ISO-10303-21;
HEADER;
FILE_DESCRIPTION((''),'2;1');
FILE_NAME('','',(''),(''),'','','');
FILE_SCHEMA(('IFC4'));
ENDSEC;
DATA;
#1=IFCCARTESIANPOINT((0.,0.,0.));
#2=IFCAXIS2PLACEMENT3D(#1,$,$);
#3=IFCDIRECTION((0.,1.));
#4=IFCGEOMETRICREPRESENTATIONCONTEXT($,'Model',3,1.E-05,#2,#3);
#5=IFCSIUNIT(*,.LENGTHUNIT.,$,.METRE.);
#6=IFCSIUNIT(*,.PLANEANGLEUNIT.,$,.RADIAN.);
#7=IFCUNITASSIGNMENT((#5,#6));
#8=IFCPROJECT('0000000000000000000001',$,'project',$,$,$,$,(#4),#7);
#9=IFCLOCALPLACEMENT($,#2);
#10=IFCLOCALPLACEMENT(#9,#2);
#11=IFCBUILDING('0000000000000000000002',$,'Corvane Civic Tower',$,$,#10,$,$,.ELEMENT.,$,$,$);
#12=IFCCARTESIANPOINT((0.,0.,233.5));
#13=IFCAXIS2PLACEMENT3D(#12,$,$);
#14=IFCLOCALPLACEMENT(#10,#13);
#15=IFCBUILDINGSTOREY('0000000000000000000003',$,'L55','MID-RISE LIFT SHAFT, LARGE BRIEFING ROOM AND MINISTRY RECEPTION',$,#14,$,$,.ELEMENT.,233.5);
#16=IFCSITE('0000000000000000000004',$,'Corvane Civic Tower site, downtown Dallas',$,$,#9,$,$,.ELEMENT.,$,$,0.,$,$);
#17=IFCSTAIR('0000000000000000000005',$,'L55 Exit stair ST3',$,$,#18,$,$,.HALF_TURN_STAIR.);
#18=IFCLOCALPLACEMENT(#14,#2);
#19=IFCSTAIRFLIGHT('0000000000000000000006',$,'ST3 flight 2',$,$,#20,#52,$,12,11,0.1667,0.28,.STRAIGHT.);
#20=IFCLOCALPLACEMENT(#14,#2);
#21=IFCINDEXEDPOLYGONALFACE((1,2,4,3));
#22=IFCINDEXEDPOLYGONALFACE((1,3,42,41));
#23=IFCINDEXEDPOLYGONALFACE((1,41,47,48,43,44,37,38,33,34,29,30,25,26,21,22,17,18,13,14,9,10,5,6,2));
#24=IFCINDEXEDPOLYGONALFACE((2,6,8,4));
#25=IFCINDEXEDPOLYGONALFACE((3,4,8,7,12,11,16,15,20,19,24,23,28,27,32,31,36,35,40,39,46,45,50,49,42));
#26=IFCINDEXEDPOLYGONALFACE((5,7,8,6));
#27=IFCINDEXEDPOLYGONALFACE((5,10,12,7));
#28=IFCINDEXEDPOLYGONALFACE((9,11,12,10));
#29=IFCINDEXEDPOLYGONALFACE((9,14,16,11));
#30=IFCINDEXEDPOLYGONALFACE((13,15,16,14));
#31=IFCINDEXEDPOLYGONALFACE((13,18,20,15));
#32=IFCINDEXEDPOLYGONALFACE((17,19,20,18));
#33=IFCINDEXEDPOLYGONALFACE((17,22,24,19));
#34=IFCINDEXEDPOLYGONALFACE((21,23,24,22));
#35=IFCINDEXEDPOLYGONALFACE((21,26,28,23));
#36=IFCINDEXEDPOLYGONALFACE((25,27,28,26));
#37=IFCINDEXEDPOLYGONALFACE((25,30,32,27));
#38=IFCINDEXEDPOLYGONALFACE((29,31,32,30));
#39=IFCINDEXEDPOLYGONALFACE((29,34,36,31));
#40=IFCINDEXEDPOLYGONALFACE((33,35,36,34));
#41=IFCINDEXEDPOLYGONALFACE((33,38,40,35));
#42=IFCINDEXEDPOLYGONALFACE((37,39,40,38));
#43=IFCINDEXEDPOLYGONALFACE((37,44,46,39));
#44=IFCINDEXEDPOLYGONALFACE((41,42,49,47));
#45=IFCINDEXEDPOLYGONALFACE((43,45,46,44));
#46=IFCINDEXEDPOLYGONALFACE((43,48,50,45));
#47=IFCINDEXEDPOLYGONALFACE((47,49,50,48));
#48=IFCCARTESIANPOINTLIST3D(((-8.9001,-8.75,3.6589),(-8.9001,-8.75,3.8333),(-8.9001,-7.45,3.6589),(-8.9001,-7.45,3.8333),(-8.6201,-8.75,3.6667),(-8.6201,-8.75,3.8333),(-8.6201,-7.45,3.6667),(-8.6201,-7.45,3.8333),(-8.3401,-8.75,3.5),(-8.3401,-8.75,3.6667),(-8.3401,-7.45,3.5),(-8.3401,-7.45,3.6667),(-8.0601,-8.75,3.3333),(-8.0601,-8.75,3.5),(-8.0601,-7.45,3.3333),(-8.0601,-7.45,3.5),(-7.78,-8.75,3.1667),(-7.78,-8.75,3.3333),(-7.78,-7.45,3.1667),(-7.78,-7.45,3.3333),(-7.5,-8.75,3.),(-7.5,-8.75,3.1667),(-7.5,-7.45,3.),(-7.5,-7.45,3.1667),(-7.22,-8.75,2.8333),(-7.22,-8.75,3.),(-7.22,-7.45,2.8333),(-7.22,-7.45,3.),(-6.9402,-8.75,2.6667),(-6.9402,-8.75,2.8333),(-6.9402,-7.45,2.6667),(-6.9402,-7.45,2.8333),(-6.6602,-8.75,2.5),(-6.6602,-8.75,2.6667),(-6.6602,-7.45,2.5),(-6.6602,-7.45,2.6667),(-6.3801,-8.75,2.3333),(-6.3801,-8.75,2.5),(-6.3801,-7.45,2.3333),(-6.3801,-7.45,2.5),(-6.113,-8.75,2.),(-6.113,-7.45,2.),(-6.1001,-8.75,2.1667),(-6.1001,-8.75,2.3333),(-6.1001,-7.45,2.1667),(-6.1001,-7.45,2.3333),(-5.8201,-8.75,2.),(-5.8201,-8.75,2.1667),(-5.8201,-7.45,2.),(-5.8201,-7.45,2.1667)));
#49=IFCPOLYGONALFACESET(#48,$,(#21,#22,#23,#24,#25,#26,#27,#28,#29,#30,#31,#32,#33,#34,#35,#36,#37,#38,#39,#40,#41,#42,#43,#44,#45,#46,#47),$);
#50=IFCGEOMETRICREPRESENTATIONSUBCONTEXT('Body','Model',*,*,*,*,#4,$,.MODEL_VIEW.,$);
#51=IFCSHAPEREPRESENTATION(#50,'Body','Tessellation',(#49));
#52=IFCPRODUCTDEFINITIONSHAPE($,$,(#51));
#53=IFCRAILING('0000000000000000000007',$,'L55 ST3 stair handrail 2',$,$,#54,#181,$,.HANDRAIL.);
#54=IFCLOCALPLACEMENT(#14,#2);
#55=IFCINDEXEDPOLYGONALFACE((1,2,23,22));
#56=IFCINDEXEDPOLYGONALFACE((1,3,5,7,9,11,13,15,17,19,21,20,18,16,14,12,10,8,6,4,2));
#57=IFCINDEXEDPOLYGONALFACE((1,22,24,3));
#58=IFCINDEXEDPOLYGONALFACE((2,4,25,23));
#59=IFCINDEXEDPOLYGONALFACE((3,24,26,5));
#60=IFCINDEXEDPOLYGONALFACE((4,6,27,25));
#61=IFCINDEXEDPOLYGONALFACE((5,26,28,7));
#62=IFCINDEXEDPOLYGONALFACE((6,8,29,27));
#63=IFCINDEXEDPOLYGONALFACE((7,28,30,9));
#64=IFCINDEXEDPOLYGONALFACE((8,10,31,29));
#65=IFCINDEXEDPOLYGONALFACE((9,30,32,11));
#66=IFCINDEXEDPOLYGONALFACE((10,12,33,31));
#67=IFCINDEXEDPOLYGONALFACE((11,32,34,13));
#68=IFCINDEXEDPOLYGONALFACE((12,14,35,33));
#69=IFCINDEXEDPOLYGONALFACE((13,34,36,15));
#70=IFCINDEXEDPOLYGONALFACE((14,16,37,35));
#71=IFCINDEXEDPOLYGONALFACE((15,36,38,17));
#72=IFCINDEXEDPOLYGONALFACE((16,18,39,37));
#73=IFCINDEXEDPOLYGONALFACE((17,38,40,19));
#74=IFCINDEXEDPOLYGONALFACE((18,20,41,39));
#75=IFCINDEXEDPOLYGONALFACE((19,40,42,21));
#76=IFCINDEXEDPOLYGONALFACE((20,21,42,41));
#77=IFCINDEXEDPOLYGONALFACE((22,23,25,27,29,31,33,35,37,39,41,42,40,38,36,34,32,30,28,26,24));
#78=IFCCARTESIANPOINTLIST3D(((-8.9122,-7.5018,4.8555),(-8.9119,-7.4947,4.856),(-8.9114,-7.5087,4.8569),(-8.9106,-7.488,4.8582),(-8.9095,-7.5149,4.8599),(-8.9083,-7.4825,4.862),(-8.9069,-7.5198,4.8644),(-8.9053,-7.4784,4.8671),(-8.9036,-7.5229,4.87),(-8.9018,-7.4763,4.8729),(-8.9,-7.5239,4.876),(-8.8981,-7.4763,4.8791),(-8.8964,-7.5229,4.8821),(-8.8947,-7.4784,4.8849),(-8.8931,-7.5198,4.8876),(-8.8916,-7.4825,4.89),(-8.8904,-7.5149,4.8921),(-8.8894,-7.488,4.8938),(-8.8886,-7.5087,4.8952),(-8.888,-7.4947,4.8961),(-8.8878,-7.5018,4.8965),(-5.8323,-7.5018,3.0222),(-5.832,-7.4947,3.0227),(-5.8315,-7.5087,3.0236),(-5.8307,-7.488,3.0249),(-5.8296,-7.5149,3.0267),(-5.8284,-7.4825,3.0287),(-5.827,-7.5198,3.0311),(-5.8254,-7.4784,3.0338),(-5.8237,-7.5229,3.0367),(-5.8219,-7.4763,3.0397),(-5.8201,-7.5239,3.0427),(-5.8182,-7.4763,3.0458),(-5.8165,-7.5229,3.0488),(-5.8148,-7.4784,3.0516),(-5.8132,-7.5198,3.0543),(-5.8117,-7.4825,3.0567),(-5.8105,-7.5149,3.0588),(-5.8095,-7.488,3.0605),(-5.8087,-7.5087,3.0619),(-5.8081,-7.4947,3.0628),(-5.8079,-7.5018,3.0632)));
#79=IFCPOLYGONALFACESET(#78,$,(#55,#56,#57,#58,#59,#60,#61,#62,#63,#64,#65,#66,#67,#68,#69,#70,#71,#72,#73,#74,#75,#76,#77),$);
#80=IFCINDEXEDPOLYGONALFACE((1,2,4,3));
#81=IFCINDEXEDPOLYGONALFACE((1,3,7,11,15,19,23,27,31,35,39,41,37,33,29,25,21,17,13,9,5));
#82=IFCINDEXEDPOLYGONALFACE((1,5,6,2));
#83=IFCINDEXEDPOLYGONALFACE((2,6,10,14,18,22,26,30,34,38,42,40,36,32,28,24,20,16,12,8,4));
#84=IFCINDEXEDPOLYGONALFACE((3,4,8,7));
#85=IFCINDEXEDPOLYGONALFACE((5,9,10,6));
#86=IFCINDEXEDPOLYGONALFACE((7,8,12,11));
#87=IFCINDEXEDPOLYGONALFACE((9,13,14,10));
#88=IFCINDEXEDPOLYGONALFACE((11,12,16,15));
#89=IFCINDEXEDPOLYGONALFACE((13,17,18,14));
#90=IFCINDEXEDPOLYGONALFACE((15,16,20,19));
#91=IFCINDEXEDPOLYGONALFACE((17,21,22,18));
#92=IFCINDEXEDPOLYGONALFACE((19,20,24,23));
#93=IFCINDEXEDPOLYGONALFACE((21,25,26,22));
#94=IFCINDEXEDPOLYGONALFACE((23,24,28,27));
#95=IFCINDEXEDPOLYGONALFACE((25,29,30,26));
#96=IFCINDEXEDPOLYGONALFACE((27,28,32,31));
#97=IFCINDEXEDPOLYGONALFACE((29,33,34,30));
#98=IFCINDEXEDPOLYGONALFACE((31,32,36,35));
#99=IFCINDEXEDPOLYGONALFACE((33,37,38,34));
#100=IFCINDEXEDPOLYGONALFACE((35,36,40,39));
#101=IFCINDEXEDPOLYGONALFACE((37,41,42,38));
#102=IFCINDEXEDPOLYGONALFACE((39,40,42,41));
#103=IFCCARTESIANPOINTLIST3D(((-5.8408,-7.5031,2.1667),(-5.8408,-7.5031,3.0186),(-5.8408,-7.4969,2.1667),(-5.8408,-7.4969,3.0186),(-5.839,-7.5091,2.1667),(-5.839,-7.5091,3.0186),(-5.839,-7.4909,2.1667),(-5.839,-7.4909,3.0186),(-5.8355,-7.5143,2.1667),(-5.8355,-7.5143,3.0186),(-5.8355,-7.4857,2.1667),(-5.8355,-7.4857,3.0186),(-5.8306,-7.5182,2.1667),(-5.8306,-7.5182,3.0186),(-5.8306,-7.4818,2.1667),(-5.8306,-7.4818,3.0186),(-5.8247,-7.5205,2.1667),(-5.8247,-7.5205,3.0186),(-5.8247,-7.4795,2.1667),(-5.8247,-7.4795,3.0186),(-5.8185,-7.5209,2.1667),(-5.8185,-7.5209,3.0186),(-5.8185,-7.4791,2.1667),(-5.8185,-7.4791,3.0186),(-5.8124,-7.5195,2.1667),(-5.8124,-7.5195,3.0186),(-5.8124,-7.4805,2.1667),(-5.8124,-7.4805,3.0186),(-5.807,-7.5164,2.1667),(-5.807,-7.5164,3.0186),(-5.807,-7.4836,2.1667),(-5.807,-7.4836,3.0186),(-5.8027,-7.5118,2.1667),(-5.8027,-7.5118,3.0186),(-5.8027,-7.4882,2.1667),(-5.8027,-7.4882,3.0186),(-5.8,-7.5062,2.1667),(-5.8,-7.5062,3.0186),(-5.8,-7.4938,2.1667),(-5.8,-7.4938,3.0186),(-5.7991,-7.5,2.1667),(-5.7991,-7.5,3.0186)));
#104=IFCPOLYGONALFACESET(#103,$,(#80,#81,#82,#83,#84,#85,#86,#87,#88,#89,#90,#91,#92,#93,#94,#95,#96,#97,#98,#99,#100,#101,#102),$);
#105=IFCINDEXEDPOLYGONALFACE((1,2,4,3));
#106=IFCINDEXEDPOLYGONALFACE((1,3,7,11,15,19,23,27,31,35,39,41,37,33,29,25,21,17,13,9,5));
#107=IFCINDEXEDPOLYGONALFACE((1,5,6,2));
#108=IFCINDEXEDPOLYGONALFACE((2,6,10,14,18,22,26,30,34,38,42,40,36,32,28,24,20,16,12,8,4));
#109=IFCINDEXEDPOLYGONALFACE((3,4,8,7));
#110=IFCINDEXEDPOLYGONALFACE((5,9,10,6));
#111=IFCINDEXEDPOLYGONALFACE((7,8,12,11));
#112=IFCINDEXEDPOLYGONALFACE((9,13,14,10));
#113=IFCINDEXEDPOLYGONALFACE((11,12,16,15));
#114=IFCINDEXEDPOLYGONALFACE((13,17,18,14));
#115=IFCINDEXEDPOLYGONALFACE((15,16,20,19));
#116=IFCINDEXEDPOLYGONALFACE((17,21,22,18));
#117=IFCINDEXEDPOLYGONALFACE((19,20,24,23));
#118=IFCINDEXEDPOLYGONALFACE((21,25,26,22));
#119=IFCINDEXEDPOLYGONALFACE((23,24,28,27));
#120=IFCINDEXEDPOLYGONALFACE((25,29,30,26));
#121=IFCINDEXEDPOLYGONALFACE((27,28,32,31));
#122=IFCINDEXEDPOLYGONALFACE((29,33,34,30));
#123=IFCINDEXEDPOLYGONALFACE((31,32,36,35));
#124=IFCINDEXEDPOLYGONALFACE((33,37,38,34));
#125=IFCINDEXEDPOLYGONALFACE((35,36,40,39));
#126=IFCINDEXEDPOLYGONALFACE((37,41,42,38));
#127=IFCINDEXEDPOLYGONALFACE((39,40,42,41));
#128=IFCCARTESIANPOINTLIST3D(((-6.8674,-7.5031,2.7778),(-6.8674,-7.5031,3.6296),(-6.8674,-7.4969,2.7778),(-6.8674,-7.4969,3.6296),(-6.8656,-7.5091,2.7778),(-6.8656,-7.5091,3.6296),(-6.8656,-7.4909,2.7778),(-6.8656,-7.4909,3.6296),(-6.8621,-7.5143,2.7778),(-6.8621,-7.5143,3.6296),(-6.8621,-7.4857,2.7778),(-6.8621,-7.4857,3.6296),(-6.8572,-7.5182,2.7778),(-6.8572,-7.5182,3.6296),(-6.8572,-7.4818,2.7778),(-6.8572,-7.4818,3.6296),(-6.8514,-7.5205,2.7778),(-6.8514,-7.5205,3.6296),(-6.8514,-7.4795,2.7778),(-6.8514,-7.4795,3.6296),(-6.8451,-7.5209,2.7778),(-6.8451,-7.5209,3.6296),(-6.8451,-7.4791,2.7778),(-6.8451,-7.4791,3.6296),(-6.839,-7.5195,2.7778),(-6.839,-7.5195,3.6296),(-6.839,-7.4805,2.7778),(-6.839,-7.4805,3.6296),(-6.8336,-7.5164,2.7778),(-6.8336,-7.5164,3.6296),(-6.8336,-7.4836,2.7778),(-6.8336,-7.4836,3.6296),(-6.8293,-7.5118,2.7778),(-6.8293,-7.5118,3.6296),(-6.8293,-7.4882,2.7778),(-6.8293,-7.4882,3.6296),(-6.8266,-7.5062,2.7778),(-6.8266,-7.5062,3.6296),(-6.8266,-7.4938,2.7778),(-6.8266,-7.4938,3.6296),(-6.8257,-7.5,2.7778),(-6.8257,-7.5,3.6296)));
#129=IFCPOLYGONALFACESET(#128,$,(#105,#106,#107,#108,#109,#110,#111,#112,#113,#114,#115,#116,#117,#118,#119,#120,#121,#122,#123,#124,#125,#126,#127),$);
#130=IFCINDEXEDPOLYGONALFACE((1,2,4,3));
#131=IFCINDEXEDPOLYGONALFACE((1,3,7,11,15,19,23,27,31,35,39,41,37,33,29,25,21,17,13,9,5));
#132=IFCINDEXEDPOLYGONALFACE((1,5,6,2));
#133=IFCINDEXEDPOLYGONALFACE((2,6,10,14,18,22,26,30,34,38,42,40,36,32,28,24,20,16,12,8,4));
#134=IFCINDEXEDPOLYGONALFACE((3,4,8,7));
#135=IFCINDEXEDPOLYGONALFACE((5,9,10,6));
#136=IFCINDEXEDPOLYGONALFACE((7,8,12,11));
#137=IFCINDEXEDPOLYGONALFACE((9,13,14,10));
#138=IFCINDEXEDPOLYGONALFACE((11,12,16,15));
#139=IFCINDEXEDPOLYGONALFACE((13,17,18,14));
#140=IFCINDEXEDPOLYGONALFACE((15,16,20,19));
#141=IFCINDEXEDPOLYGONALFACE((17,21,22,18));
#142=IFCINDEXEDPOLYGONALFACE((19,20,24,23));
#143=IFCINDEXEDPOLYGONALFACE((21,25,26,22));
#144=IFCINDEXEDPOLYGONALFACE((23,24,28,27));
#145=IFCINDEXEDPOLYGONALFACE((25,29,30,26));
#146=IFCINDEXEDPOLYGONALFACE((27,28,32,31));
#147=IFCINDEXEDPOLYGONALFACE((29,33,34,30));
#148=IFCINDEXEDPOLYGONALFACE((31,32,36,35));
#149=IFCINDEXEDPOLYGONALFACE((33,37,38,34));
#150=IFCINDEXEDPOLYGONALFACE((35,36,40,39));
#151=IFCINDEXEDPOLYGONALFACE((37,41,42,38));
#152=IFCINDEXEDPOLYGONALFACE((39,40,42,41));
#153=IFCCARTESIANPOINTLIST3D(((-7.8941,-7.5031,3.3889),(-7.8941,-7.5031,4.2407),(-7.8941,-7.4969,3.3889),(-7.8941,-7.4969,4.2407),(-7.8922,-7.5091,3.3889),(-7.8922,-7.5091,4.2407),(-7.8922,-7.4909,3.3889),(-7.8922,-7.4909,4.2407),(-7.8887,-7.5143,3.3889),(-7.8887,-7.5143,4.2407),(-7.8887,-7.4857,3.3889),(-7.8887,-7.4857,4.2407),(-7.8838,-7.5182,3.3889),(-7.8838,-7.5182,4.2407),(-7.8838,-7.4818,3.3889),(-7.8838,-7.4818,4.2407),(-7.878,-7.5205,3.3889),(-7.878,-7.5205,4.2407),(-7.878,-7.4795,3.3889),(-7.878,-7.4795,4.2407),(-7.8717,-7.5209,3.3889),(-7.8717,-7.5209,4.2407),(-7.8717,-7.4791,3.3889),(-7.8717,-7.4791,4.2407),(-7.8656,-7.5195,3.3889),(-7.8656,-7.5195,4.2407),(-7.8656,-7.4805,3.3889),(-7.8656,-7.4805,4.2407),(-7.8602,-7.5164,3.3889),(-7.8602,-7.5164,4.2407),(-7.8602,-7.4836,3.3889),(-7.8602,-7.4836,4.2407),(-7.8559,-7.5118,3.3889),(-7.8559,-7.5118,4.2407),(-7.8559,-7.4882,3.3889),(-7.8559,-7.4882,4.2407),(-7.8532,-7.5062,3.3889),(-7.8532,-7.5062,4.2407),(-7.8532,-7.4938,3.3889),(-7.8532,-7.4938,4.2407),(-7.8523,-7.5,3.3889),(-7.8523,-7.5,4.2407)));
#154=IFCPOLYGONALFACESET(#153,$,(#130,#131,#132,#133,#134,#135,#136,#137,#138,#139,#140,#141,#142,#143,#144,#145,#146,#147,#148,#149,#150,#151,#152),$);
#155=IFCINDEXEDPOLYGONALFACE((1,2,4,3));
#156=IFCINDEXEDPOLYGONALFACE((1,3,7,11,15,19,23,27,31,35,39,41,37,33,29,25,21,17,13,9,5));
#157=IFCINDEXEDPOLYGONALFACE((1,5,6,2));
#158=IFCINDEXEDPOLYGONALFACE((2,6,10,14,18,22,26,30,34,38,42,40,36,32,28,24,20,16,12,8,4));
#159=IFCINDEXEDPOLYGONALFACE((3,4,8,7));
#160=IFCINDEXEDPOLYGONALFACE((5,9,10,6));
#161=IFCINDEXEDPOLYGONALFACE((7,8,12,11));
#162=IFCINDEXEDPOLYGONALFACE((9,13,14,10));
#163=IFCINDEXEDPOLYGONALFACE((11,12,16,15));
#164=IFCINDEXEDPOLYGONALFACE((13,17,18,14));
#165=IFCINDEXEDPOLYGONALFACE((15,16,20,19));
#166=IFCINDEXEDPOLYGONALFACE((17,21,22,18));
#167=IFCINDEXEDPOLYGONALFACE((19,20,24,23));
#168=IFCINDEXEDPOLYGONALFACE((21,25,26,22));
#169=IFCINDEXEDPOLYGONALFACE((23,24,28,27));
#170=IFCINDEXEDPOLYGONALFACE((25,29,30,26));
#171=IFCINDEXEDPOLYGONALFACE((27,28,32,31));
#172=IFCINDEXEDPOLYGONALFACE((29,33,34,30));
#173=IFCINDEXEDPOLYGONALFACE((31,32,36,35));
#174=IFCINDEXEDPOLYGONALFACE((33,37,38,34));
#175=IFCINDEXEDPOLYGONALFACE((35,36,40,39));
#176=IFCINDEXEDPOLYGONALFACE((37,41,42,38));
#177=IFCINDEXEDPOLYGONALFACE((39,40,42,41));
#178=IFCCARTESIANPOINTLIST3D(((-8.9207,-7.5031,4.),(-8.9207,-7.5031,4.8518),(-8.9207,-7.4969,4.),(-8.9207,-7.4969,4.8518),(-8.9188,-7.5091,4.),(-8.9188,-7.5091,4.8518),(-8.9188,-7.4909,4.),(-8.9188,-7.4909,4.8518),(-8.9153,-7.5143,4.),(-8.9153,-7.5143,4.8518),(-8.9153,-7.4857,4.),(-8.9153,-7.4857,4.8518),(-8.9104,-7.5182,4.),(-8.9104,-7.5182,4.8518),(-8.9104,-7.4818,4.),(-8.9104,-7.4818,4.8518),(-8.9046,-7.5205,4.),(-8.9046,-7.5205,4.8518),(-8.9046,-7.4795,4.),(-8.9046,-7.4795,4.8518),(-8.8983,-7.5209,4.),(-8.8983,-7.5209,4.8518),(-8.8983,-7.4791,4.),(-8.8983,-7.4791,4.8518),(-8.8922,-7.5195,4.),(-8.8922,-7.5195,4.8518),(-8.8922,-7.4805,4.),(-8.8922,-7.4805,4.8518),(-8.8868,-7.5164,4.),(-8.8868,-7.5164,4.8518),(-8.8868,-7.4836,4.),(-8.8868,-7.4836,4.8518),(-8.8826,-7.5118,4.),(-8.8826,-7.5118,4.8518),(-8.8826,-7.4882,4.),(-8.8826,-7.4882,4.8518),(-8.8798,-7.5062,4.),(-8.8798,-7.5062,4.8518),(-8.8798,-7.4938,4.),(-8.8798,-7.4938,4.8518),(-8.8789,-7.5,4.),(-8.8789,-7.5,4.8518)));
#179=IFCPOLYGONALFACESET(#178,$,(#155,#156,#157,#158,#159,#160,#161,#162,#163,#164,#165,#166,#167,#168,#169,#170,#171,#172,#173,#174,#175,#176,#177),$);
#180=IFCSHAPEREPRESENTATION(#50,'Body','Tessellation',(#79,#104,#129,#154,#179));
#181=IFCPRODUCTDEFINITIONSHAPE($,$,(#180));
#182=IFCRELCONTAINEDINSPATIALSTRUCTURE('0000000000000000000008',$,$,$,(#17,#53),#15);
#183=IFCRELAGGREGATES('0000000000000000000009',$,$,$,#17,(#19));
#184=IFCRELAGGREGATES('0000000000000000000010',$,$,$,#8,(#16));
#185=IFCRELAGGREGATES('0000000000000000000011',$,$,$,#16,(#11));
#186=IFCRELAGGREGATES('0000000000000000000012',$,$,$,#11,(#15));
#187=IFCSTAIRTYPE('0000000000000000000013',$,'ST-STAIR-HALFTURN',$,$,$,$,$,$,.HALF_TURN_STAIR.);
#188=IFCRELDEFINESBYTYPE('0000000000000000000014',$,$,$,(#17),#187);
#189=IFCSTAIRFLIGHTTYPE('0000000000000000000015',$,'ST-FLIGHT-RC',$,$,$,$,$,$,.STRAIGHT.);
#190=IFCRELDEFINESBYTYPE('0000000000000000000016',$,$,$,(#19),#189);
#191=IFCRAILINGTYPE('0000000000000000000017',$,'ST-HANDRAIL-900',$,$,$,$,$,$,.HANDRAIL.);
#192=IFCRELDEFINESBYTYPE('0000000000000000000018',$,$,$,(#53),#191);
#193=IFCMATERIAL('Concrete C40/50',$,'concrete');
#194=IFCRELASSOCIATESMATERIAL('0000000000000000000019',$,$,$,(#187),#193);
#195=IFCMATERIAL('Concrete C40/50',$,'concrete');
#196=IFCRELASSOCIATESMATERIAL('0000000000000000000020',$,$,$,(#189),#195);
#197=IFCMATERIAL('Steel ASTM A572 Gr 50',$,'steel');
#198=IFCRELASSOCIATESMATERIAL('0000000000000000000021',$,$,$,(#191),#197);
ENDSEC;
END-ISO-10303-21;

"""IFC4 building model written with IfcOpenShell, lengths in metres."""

from ifc_helpers import new_model, si_unit, direction, frame, origin, origin_2d, place, context, subcontext, project, spatial, polyline, circle, outline, extrude, material, type_object, element, aggregate, save


model = new_model("IFC4")

# Units and contexts
model_context = context("Model", 3, precision=1e-05, world=origin(), true_north=direction((0.0, 1.0)))
body_context = subcontext(model_context, "Body", "Model", "MODEL_VIEW")
ifc_project = project(units=[si_unit("LENGTHUNIT", "METRE"), si_unit("PLANEANGLEUNIT", "RADIAN")], contexts=[model_context])

# Site, building, storey
site_placement = place(None, origin())
site = spatial("IfcSite", under=ifc_project, at=site_placement, Name="Corvane Civic Tower site, downtown Dallas", CompositionType="ELEMENT", RefElevation=0.0)
building_placement = place(site_placement, origin())
building = spatial("IfcBuilding", under=site, at=building_placement, Name="Corvane Civic Tower", CompositionType="ELEMENT")
storey_placement = place(building_placement, frame((0.0, 0.0, 233.5)))
storey = spatial("IfcBuildingStorey", under=building, at=storey_placement, Name="L55", Description="MID-RISE LIFT SHAFT, LARGE BRIEFING ROOM AND MINISTRY RECEPTION", CompositionType="ELEMENT", Elevation=233.5)

# Stair
ifc_material_1 = material(Name="Concrete C40/50", Category="concrete")
stair_type = type_object("IfcStairType", Name="ST-STAIR-HALFTURN", PredefinedType="HALF_TURN_STAIR", material=ifc_material_1)
stair_1_placement = place(storey_placement, origin())
stair_1 = element("IfcStair", 1, at=stair_1_placement, inside=storey, type_object=stair_type, Name="L55 Exit stair ST3", PredefinedType="HALF_TURN_STAIR")

# Stair flight
ifc_material_2 = material(Name="Concrete C40/50", Category="concrete")
stair_flight_type = type_object("IfcStairFlightType", Name="ST-FLIGHT-RC", PredefinedType="STRAIGHT", material=ifc_material_2)
stair_flight_placement = place(storey_placement, frame((-5.8201, -8.1001, 2.0), z_axis=(0.0, 0.0, 1.0), x_axis=(-1.0, 0.0, 0.0)))
stair_flight = element("IfcStairFlight", 2, at=stair_flight_placement, type_object=stair_flight_type, Name="ST3 flight 2", NumberOfRisers=12, NumberOfTreads=11, PredefinedType="STRAIGHT", RiserHeight=0.1667, TreadLength=0.28, context=body_context, shape_type="SweptSolid", body=[
    extrude(outline(polyline([(0.0, 0.0), (0.0, 0.1667), (0.28, 0.1667), (0.28, 0.3333), (0.5601, 0.3333), (0.5601, 0.5), (0.8401, 0.5), (0.8401, 0.6667), (1.1201, 0.6667), (1.1201, 0.8333), (1.3999, 0.8333), (1.3999, 1.0), (1.6799, 1.0), (1.6799, 1.1667), (1.96, 1.1667), (1.96, 1.3333), (2.24, 1.3333), (2.24, 1.5), (2.52, 1.5), (2.52, 1.6667), (2.8, 1.6667), (2.8, 1.8333), (3.0801, 1.8333), (3.0801, 2.0), (3.0801, 1.6589), (0.293, 0.0), (0.0, 0.0)])), frame((0.0, 0.6499, 0.0), z_axis=(0.0, -1.0, 0.0), x_axis=(1.0, 0.0, 0.0)), (0.0, 0.0, 1.0), 1.3),
])
aggregate(stair_1, [stair_flight])

# Railing
ifc_material_3 = material(Name="Steel ASTM A572 Gr 50", Category="steel")
railing_type = type_object("IfcRailingType", Name="ST-HANDRAIL-900", PredefinedType="HANDRAIL", material=ifc_material_3)
railing_placement = place(storey_placement, frame((-5.8201, -7.5, 2.1667)))
element("IfcRailing", 3, at=railing_placement, inside=storey, type_object=railing_type, Name="L55 ST3 stair handrail 2", PredefinedType="HANDRAIL", context=body_context, shape_type="SweptSolid", body=[
    extrude(circle(Radius=0.0239, at=origin_2d()), frame((0.0, 0.0, 0.876), z_axis=(-0.859291, 0.0, 0.511487), x_axis=(0.0, -1.0, 0.0)), (0.0, 0.0, 1.0), 3.5842),
    extrude(circle(Radius=0.021, at=origin_2d()), origin(), (0.0, 0.0, 1.0), 0.8518),
    extrude(circle(Radius=0.021, at=origin_2d()), frame((-1.0266, 0.0, 0.6111)), (0.0, 0.0, 1.0), 0.8518),
    extrude(circle(Radius=0.021, at=origin_2d()), frame((-2.0532, 0.0, 1.2222)), (0.0, 0.0, 1.0), 0.8518),
    extrude(circle(Radius=0.021, at=origin_2d()), frame((-3.0798, 0.0, 1.8333)), (0.0, 0.0, 1.0), 0.8518),
])

save(model, "model.ifc")
